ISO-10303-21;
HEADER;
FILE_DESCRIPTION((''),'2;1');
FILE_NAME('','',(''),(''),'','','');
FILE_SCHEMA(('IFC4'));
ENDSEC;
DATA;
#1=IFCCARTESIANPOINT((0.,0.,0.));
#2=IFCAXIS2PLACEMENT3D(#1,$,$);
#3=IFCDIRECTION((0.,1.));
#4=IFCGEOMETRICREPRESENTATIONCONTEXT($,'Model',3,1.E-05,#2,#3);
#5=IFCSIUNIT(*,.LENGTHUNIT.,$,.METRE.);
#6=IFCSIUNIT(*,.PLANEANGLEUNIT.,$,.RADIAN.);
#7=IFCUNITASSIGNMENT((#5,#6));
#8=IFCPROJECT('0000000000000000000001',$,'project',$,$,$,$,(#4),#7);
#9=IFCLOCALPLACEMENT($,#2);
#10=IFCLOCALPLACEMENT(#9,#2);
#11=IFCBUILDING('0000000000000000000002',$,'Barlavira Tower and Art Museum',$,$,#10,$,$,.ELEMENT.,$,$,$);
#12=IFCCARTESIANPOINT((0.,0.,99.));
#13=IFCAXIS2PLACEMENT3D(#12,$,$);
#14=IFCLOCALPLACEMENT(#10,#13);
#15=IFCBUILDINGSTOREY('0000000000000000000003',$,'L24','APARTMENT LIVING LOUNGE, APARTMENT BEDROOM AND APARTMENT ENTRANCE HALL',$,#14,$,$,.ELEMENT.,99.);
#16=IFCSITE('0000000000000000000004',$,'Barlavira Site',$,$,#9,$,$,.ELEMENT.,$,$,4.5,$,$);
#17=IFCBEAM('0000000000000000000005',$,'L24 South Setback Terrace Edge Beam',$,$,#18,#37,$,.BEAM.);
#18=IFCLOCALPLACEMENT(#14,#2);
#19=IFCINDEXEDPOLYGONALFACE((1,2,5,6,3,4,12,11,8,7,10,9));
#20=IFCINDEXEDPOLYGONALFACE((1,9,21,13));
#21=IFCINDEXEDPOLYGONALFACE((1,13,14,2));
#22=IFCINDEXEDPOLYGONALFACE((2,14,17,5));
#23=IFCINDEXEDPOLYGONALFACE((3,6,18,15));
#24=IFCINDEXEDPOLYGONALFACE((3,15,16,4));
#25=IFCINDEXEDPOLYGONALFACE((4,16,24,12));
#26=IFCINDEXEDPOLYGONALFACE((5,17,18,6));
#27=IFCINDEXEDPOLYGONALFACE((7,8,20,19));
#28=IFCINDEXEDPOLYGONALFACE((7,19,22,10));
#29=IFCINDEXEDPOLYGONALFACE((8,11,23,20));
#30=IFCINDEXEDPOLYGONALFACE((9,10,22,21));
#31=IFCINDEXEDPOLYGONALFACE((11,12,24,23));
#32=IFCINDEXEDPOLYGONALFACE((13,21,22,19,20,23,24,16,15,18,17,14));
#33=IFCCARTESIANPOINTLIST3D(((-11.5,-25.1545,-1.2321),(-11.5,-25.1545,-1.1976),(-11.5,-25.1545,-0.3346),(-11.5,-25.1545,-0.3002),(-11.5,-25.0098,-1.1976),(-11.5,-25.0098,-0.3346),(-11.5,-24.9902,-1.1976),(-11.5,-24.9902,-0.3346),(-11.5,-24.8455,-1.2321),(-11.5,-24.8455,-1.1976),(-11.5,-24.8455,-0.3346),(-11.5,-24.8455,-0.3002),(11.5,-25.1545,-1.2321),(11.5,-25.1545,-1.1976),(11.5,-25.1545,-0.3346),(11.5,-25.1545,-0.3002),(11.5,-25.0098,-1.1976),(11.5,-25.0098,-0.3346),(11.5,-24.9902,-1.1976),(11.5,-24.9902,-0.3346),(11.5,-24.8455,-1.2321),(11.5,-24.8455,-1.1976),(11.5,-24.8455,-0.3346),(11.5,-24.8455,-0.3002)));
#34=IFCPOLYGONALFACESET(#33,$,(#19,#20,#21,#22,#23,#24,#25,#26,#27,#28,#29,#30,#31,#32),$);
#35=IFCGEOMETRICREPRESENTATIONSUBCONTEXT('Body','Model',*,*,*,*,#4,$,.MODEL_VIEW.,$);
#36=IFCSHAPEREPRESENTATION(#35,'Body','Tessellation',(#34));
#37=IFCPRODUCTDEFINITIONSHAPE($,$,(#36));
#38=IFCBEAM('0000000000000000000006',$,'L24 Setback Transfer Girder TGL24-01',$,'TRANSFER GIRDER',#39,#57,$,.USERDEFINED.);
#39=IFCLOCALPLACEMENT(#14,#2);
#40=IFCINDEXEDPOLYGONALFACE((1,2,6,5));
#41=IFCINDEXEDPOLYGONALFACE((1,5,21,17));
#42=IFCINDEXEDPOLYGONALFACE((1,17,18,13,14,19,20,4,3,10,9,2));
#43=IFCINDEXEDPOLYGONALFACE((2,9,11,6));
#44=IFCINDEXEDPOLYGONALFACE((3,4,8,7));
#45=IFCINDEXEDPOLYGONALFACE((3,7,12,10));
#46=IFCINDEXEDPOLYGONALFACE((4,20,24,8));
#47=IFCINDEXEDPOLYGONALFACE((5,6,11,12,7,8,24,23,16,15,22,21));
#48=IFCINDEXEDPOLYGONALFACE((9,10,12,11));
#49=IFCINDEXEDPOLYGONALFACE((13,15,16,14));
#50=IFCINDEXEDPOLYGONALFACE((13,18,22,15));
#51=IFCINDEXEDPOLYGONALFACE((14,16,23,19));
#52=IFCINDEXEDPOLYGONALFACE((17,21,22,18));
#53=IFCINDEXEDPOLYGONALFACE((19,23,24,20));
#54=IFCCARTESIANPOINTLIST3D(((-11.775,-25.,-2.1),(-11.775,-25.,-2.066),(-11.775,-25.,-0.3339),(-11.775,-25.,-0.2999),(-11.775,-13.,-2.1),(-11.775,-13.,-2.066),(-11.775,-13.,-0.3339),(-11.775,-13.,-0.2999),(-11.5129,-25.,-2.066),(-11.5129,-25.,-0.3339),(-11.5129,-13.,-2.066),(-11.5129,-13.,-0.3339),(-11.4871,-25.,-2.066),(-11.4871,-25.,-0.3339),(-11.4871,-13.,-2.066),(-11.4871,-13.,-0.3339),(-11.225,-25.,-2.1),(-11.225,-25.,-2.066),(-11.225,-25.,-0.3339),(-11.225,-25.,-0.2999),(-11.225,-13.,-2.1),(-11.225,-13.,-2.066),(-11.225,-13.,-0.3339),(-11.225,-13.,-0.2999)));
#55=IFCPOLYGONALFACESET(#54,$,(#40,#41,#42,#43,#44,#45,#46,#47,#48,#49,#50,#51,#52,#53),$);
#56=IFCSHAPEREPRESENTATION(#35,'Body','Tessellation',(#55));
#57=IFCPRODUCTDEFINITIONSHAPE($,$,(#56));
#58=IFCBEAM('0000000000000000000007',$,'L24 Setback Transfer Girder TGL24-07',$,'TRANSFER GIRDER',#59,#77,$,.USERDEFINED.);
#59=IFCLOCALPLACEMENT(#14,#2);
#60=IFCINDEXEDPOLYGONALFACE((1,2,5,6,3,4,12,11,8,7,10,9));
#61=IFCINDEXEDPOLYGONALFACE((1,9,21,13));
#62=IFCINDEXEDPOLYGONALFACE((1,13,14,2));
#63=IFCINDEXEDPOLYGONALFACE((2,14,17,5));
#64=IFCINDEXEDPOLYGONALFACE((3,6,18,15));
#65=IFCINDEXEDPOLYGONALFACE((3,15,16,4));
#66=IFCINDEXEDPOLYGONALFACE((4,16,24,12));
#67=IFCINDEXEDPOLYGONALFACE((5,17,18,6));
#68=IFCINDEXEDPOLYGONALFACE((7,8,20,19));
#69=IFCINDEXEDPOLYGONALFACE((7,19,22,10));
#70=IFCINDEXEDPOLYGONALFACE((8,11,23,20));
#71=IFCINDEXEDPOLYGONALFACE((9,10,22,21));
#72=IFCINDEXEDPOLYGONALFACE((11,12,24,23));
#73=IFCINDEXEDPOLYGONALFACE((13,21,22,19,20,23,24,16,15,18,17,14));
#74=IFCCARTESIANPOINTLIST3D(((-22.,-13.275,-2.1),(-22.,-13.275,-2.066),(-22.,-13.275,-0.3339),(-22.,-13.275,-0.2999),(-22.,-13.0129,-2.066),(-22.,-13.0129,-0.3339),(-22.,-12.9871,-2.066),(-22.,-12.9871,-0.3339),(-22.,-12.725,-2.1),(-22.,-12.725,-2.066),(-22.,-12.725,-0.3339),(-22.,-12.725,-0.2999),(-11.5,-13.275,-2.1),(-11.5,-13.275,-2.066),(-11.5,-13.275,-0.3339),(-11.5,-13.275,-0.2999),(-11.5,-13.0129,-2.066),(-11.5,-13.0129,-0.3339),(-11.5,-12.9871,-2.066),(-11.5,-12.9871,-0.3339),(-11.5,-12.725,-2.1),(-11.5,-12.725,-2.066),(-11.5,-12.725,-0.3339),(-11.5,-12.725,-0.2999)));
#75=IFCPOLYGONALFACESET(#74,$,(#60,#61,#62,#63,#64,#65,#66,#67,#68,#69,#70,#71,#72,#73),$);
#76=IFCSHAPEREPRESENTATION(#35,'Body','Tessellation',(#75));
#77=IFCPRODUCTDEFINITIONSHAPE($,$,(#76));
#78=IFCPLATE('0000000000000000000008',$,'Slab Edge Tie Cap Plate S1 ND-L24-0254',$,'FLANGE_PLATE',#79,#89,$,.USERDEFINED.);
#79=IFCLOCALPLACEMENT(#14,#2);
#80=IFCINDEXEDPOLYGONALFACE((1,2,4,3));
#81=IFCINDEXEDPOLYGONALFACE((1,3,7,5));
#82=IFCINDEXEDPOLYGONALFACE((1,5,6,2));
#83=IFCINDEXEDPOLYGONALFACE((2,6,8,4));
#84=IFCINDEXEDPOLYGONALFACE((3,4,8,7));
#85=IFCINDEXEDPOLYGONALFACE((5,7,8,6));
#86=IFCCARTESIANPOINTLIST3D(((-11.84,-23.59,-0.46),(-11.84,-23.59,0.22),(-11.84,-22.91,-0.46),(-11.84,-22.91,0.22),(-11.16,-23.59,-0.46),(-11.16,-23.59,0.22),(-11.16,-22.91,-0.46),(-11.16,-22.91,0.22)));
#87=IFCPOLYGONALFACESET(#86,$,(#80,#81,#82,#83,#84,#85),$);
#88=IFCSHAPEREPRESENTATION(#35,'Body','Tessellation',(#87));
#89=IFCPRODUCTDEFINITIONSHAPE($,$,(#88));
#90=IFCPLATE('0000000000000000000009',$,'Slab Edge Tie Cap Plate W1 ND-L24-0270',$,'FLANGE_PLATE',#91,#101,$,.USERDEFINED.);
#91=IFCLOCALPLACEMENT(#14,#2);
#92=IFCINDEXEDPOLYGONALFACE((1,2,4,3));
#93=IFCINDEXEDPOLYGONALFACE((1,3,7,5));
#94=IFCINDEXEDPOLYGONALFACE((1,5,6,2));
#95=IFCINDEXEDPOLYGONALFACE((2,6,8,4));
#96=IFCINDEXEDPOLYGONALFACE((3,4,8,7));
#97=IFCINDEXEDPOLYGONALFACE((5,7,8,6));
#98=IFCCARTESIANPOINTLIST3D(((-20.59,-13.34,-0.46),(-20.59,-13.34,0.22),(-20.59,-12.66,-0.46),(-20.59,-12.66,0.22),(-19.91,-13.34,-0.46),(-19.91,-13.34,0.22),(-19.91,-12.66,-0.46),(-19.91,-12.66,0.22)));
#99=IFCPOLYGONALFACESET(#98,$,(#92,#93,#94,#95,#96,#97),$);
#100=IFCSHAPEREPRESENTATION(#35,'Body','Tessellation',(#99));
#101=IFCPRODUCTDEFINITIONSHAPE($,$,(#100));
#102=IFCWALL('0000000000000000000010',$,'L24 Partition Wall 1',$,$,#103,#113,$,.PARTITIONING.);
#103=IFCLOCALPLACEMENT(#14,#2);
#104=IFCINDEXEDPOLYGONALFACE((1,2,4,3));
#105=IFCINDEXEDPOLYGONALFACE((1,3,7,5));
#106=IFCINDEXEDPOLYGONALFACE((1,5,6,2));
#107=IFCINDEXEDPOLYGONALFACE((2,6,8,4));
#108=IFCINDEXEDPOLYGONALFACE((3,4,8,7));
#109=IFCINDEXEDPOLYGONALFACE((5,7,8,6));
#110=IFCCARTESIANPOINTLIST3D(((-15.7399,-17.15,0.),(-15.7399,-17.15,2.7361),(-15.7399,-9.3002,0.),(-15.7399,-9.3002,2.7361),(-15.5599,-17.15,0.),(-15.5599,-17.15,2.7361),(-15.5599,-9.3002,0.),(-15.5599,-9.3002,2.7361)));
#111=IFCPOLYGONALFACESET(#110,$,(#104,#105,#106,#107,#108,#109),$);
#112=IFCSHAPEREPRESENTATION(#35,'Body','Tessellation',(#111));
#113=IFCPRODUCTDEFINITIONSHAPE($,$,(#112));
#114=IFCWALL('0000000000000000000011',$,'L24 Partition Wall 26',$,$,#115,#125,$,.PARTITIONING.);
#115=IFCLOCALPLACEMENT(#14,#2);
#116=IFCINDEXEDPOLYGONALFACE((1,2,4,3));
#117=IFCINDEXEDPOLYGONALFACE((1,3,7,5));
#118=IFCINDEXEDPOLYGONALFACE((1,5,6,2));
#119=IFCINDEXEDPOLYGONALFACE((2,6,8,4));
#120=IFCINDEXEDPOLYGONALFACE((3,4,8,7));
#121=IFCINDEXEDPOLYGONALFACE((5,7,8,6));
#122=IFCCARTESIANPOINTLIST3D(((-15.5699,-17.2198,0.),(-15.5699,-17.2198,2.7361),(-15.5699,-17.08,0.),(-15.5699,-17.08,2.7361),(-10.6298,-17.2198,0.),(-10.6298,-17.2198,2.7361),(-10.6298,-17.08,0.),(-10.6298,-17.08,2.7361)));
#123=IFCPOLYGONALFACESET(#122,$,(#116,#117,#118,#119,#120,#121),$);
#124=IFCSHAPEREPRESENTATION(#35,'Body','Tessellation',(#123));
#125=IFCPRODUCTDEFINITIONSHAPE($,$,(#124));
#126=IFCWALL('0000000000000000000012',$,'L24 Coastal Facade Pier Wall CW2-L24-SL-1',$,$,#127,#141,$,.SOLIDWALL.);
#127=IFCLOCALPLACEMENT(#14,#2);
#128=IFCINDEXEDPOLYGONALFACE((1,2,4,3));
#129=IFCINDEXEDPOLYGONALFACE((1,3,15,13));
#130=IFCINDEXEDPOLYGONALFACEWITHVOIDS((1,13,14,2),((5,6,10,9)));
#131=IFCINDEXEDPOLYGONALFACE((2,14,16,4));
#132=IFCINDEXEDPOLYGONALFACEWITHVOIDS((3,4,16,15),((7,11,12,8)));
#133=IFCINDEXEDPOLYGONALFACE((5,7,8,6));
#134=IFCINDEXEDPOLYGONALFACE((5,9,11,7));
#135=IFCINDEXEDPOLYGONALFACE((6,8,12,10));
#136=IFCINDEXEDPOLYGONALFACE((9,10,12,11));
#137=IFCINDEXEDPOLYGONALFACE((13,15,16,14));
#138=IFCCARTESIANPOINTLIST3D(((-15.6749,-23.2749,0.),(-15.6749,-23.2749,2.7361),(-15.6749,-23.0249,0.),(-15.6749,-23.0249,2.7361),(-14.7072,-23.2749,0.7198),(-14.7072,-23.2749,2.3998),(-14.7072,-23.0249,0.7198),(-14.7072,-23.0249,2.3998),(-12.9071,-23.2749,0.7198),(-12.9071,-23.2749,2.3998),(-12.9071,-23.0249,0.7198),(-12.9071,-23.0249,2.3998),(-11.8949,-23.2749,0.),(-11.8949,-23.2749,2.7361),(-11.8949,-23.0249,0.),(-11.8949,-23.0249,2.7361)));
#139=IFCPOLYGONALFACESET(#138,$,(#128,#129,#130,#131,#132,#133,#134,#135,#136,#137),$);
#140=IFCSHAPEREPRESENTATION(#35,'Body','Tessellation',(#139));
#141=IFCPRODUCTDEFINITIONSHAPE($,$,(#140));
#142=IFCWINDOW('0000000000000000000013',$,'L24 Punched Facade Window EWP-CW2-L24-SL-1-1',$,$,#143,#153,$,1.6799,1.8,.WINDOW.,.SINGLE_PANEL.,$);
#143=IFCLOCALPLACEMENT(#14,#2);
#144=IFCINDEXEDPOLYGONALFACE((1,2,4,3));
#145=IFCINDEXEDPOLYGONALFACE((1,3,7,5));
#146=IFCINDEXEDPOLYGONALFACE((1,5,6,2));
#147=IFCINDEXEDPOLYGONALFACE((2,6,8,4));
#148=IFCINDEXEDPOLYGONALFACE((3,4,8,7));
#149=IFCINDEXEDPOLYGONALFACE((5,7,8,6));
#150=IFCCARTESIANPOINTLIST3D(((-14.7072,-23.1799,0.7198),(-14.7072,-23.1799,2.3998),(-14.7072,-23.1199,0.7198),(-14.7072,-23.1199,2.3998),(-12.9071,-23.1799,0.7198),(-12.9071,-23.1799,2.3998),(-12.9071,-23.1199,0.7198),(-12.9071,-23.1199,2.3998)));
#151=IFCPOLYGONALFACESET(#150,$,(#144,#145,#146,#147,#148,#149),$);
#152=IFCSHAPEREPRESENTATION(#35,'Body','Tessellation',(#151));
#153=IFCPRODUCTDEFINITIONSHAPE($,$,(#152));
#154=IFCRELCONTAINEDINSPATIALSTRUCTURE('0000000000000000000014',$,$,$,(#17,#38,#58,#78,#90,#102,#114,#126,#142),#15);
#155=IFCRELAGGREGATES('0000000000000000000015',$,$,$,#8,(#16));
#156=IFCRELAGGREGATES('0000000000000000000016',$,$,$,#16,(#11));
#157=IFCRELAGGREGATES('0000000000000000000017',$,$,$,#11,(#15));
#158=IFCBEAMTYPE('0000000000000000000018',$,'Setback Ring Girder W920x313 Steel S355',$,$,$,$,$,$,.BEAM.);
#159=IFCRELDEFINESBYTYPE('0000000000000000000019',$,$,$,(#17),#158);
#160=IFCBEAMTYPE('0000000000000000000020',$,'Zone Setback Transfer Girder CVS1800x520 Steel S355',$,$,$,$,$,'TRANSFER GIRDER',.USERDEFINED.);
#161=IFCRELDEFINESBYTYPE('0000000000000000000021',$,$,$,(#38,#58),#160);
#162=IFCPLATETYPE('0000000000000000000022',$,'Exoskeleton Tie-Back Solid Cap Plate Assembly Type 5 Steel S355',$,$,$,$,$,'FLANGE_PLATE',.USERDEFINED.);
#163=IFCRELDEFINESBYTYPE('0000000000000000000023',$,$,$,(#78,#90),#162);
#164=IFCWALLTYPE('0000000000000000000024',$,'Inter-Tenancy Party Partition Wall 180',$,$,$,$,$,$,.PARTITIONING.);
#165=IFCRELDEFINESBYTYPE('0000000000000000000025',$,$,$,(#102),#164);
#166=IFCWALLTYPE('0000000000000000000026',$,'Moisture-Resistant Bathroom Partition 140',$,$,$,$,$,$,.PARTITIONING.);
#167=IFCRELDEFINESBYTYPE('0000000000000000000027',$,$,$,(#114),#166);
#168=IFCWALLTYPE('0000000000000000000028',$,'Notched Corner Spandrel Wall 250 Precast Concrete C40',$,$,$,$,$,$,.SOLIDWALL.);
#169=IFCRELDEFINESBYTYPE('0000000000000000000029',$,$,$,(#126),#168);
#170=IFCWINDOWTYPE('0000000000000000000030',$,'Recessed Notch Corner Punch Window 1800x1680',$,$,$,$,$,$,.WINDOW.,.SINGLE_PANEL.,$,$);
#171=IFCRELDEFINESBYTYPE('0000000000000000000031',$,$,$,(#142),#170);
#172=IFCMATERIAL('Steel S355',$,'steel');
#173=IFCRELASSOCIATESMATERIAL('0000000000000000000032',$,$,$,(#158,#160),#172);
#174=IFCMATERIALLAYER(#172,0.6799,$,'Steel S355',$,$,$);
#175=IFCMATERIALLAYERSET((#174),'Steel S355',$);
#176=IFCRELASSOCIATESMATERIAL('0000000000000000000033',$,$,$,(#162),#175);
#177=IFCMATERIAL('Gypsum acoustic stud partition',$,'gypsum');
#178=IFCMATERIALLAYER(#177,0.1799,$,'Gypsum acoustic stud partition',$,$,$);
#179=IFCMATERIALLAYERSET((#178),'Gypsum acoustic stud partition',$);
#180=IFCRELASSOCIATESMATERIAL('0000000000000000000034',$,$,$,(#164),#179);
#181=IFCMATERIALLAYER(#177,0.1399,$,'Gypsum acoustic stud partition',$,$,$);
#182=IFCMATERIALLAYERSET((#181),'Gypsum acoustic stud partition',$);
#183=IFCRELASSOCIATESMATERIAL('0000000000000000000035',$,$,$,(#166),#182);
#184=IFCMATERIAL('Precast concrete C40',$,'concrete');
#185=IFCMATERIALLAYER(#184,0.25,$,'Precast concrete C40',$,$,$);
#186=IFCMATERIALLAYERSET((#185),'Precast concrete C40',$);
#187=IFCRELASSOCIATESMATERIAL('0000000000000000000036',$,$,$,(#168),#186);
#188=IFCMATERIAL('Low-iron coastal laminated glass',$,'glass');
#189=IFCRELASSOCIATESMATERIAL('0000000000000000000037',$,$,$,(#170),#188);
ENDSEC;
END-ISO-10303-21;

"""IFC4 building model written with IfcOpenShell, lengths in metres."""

from ifc_helpers import new_model, si_unit, direction, frame, frame_2d, origin, origin_2d, place, context, subcontext, project, spatial, rectangle, i_section, extrude, material, layer, layer_set, material_profile, profile_set, type_object, element, fill, save


model = new_model("IFC4")

# Units and contexts
model_context = context("Model", 3, precision=1e-05, world=origin(), true_north=direction((0.0, 1.0)))
body_context = subcontext(model_context, "Body", "Model", "MODEL_VIEW")
ifc_project = project(units=[si_unit("LENGTHUNIT", "METRE"), si_unit("PLANEANGLEUNIT", "RADIAN")], contexts=[model_context])

# Site, building, storey
site_placement = place(None, origin())
site = spatial("IfcSite", under=ifc_project, at=site_placement, Name="Barlavira Site", CompositionType="ELEMENT", RefElevation=4.5)
building_placement = place(site_placement, origin())
building = spatial("IfcBuilding", under=site, at=building_placement, Name="Barlavira Tower and Art Museum", CompositionType="ELEMENT")
storey_placement = place(building_placement, frame((0.0, 0.0, 99.0)))
storey = spatial("IfcBuildingStorey", under=building, at=storey_placement, Name="L24", Description="APARTMENT LIVING LOUNGE, APARTMENT BEDROOM AND APARTMENT ENTRANCE HALL", CompositionType="ELEMENT", Elevation=99.0)

# Shared definitions
ifc_material_1 = material(Name="Steel S355", Category="steel")

# Beams
ifc_material_profile_1 = material_profile(ifc_material_1, i_section(OverallWidth=0.3091, OverallDepth=0.9319, WebThickness=0.0195, FlangeThickness=0.0344, at=origin_2d()), Name="W920x313.0")
ifc_profile_set_1 = profile_set([ifc_material_profile_1], Name="Steel S355")
beam_type_1 = type_object("IfcBeamType", Name="Setback Ring Girder W920x313 Steel S355", PredefinedType="BEAM", material=ifc_profile_set_1)
beam_1_placement = place(storey_placement, frame((-11.5, -25.0, -0.7661), z_axis=(1.0, 0.0, 0.0), x_axis=(0.0, 1.0, 0.0)))
element("IfcBeam", 1, at=beam_1_placement, inside=storey, type_object=beam_type_1, Name="L24 South Setback Terrace Edge Beam", PredefinedType="BEAM", context=body_context, shape_type="SweptSolid", body=[
    extrude(i_section(OverallWidth=0.3091, OverallDepth=0.9319, WebThickness=0.0195, FlangeThickness=0.0344, at=origin_2d()), origin(), (0.0, 0.0, 1.0), 23.0),
])
ifc_material_profile_2 = material_profile(ifc_material_1, i_section(OverallWidth=0.55, OverallDepth=1.8, WebThickness=0.0259, FlangeThickness=0.0339, at=origin_2d()), Name="CVS1800x520")
ifc_profile_set_2 = profile_set([ifc_material_profile_2], Name="Steel S355")
beam_type_2 = type_object("IfcBeamType", Name="Zone Setback Transfer Girder CVS1800x520 Steel S355", ElementType="TRANSFER GIRDER", PredefinedType="USERDEFINED", material=ifc_profile_set_2)
beam_2_placement = place(storey_placement, frame((-11.5, -25.0, -1.2), z_axis=(0.0, 1.0, 0.0), x_axis=(-1.0, 0.0, 0.0)))
element("IfcBeam", 2, at=beam_2_placement, inside=storey, type_object=beam_type_2, Name="L24 Setback Transfer Girder TGL24-01", ObjectType="TRANSFER GIRDER", PredefinedType="USERDEFINED", context=body_context, shape_type="SweptSolid", body=[
    extrude(i_section(OverallWidth=0.55, OverallDepth=1.8, WebThickness=0.0259, FlangeThickness=0.0339, at=origin_2d()), origin(), (0.0, 0.0, 1.0), 12.0),
])
beam_3_placement = place(storey_placement, frame((-22.0, -13.0, -1.2), z_axis=(1.0, 0.0, 0.0), x_axis=(0.0, 1.0, 0.0)))
element("IfcBeam", 3, at=beam_3_placement, inside=storey, type_object=beam_type_2, Name="L24 Setback Transfer Girder TGL24-07", ObjectType="TRANSFER GIRDER", PredefinedType="USERDEFINED", context=body_context, shape_type="SweptSolid", body=[
    extrude(i_section(OverallWidth=0.55, OverallDepth=1.8, WebThickness=0.0259, FlangeThickness=0.0339, at=origin_2d()), origin(), (0.0, 0.0, 1.0), 10.5),
])

# Plates
ifc_layer_1 = layer(ifc_material_1, 0.6799, Name="Steel S355")
ifc_layer_set_1 = layer_set([ifc_layer_1], Name="Steel S355")
plate_type = type_object("IfcPlateType", Name="Exoskeleton Tie-Back Solid Cap Plate Assembly Type 5 Steel S355", ElementType="FLANGE_PLATE", PredefinedType="USERDEFINED", material=ifc_layer_set_1)
for number, where, z_axis, x_axis, name in (
    (4, (-11.5, -23.25, -0.46), (0.0, 0.0, 1.0), (1.0, 0.0, 0.0), "Slab Edge Tie Cap Plate S1 ND-L24-0254"),
    (5, (-20.25, -13.0, -0.46), (0.0, 0.0, 1.0), (1.0, 0.0, 0.0), "Slab Edge Tie Cap Plate W1 ND-L24-0270"),
):
    element("IfcPlate", number, at=place(storey_placement, frame(where, z_axis=z_axis, x_axis=x_axis)), inside=storey, type_object=plate_type, Name=name, ObjectType="FLANGE_PLATE", PredefinedType="USERDEFINED", context=body_context, shape_type="SweptSolid", body=[
        extrude(rectangle(XDim=0.6799, YDim=0.6799, at=origin_2d()), origin(), (0.0, 0.0, 1.0), 0.6799),
    ])

# Walls
ifc_material_2 = material(Name="Gypsum acoustic stud partition", Category="gypsum")
ifc_layer_2 = layer(ifc_material_2, 0.1799, Name="Gypsum acoustic stud partition")
ifc_layer_set_2 = layer_set([ifc_layer_2], Name="Gypsum acoustic stud partition")
wall_type_1 = type_object("IfcWallType", Name="Inter-Tenancy Party Partition Wall 180", PredefinedType="PARTITIONING", material=ifc_layer_set_2)
wall_1_placement = place(storey_placement, frame((-15.6499, -17.1499, 0.0), z_axis=(0.0, 0.0, 1.0), x_axis=(0.0, 1.0, 0.0)))
element("IfcWall", 6, at=wall_1_placement, inside=storey, type_object=wall_type_1, Name="L24 Partition Wall 1", PredefinedType="PARTITIONING", context=body_context, shape_type="SweptSolid", body=[
    extrude(rectangle(XDim=7.8499, YDim=0.1799, at=frame_2d((3.9248, 0.0))), origin(), (0.0, 0.0, 1.0), 2.7361),
])
ifc_layer_3 = layer(ifc_material_2, 0.1399, Name="Gypsum acoustic stud partition")
ifc_layer_set_3 = layer_set([ifc_layer_3], Name="Gypsum acoustic stud partition")
wall_type_2 = type_object("IfcWallType", Name="Moisture-Resistant Bathroom Partition 140", PredefinedType="PARTITIONING", material=ifc_layer_set_3)
wall_2_placement = place(storey_placement, frame((-15.5701, -17.1499, 0.0), z_axis=(0.0, 0.0, 1.0), x_axis=(1.0, 0.0, 0.0)))
element("IfcWall", 7, at=wall_2_placement, inside=storey, type_object=wall_type_2, Name="L24 Partition Wall 26", PredefinedType="PARTITIONING", context=body_context, shape_type="SweptSolid", body=[
    extrude(rectangle(XDim=4.9402, YDim=0.1399, at=frame_2d((2.4702, 0.0))), origin(), (0.0, 0.0, 1.0), 2.7361),
])

# Wall, opening, window
ifc_material_3 = material(Name="Precast concrete C40", Category="concrete")
ifc_layer_4 = layer(ifc_material_3, 0.25, Name="Precast concrete C40")
ifc_layer_set_4 = layer_set([ifc_layer_4], Name="Precast concrete C40")
wall_type_3 = type_object("IfcWallType", Name="Notched Corner Spandrel Wall 250 Precast Concrete C40", PredefinedType="SOLIDWALL", material=ifc_layer_set_4)
wall_3_placement = place(storey_placement, frame((-15.675, -23.1499, 0.0), z_axis=(0.0, 0.0, 1.0), x_axis=(1.0, 0.0, 0.0)))
wall_3 = element("IfcWall", 8, at=wall_3_placement, inside=storey, type_object=wall_type_3, Name="L24 Coastal Facade Pier Wall CW2-L24-SL-1", PredefinedType="SOLIDWALL", context=body_context, shape_type="SweptSolid", body=[
    extrude(rectangle(XDim=3.78, YDim=0.25, at=frame_2d((1.8901, 0.0))), origin(), (0.0, 0.0, 1.0), 2.7361),
])
opening_1_placement = place(wall_3_placement, frame((0.968, 0.0, 0.72)))
opening_1 = element("IfcOpeningElement", 9, at=opening_1_placement, cuts=wall_3, PredefinedType="OPENING", context=body_context, shape_type="SweptSolid", body=[
    extrude(rectangle(XDim=1.8, YDim=1.6799, at=frame_2d((0.8999, 0.8398))), frame((0.0, 0.135, 0.0), z_axis=(0.0, -1.0, 0.0), x_axis=(1.0, 0.0, 0.0)), (0.0, 0.0, 1.0), 0.27),
])
ifc_material_4 = material(Name="Low-iron coastal laminated glass", Category="glass")
window_type = type_object("IfcWindowType", Name="Recessed Notch Corner Punch Window 1800x1680", PartitioningType="SINGLE_PANEL", PredefinedType="WINDOW", material=ifc_material_4)
window_1_placement = place(opening_1_placement, origin())
window_1 = element("IfcWindow", 10, at=window_1_placement, inside=storey, type_object=window_type, Name="L24 Punched Facade Window EWP-CW2-L24-SL-1-1", OverallHeight=1.6799, OverallWidth=1.8, PartitioningType="SINGLE_PANEL", PredefinedType="WINDOW", context=body_context, shape_type="SweptSolid", body=[
    extrude(rectangle(XDim=1.8, YDim=1.6799, at=frame_2d((0.8999, 0.8398))), frame((0.0, 0.03, 0.0), z_axis=(0.0, -1.0, 0.0), x_axis=(1.0, 0.0, 0.0)), (0.0, 0.0, 1.0), 0.0601),
])
fill(opening_1, window_1)

save(model, "model.ifc")
